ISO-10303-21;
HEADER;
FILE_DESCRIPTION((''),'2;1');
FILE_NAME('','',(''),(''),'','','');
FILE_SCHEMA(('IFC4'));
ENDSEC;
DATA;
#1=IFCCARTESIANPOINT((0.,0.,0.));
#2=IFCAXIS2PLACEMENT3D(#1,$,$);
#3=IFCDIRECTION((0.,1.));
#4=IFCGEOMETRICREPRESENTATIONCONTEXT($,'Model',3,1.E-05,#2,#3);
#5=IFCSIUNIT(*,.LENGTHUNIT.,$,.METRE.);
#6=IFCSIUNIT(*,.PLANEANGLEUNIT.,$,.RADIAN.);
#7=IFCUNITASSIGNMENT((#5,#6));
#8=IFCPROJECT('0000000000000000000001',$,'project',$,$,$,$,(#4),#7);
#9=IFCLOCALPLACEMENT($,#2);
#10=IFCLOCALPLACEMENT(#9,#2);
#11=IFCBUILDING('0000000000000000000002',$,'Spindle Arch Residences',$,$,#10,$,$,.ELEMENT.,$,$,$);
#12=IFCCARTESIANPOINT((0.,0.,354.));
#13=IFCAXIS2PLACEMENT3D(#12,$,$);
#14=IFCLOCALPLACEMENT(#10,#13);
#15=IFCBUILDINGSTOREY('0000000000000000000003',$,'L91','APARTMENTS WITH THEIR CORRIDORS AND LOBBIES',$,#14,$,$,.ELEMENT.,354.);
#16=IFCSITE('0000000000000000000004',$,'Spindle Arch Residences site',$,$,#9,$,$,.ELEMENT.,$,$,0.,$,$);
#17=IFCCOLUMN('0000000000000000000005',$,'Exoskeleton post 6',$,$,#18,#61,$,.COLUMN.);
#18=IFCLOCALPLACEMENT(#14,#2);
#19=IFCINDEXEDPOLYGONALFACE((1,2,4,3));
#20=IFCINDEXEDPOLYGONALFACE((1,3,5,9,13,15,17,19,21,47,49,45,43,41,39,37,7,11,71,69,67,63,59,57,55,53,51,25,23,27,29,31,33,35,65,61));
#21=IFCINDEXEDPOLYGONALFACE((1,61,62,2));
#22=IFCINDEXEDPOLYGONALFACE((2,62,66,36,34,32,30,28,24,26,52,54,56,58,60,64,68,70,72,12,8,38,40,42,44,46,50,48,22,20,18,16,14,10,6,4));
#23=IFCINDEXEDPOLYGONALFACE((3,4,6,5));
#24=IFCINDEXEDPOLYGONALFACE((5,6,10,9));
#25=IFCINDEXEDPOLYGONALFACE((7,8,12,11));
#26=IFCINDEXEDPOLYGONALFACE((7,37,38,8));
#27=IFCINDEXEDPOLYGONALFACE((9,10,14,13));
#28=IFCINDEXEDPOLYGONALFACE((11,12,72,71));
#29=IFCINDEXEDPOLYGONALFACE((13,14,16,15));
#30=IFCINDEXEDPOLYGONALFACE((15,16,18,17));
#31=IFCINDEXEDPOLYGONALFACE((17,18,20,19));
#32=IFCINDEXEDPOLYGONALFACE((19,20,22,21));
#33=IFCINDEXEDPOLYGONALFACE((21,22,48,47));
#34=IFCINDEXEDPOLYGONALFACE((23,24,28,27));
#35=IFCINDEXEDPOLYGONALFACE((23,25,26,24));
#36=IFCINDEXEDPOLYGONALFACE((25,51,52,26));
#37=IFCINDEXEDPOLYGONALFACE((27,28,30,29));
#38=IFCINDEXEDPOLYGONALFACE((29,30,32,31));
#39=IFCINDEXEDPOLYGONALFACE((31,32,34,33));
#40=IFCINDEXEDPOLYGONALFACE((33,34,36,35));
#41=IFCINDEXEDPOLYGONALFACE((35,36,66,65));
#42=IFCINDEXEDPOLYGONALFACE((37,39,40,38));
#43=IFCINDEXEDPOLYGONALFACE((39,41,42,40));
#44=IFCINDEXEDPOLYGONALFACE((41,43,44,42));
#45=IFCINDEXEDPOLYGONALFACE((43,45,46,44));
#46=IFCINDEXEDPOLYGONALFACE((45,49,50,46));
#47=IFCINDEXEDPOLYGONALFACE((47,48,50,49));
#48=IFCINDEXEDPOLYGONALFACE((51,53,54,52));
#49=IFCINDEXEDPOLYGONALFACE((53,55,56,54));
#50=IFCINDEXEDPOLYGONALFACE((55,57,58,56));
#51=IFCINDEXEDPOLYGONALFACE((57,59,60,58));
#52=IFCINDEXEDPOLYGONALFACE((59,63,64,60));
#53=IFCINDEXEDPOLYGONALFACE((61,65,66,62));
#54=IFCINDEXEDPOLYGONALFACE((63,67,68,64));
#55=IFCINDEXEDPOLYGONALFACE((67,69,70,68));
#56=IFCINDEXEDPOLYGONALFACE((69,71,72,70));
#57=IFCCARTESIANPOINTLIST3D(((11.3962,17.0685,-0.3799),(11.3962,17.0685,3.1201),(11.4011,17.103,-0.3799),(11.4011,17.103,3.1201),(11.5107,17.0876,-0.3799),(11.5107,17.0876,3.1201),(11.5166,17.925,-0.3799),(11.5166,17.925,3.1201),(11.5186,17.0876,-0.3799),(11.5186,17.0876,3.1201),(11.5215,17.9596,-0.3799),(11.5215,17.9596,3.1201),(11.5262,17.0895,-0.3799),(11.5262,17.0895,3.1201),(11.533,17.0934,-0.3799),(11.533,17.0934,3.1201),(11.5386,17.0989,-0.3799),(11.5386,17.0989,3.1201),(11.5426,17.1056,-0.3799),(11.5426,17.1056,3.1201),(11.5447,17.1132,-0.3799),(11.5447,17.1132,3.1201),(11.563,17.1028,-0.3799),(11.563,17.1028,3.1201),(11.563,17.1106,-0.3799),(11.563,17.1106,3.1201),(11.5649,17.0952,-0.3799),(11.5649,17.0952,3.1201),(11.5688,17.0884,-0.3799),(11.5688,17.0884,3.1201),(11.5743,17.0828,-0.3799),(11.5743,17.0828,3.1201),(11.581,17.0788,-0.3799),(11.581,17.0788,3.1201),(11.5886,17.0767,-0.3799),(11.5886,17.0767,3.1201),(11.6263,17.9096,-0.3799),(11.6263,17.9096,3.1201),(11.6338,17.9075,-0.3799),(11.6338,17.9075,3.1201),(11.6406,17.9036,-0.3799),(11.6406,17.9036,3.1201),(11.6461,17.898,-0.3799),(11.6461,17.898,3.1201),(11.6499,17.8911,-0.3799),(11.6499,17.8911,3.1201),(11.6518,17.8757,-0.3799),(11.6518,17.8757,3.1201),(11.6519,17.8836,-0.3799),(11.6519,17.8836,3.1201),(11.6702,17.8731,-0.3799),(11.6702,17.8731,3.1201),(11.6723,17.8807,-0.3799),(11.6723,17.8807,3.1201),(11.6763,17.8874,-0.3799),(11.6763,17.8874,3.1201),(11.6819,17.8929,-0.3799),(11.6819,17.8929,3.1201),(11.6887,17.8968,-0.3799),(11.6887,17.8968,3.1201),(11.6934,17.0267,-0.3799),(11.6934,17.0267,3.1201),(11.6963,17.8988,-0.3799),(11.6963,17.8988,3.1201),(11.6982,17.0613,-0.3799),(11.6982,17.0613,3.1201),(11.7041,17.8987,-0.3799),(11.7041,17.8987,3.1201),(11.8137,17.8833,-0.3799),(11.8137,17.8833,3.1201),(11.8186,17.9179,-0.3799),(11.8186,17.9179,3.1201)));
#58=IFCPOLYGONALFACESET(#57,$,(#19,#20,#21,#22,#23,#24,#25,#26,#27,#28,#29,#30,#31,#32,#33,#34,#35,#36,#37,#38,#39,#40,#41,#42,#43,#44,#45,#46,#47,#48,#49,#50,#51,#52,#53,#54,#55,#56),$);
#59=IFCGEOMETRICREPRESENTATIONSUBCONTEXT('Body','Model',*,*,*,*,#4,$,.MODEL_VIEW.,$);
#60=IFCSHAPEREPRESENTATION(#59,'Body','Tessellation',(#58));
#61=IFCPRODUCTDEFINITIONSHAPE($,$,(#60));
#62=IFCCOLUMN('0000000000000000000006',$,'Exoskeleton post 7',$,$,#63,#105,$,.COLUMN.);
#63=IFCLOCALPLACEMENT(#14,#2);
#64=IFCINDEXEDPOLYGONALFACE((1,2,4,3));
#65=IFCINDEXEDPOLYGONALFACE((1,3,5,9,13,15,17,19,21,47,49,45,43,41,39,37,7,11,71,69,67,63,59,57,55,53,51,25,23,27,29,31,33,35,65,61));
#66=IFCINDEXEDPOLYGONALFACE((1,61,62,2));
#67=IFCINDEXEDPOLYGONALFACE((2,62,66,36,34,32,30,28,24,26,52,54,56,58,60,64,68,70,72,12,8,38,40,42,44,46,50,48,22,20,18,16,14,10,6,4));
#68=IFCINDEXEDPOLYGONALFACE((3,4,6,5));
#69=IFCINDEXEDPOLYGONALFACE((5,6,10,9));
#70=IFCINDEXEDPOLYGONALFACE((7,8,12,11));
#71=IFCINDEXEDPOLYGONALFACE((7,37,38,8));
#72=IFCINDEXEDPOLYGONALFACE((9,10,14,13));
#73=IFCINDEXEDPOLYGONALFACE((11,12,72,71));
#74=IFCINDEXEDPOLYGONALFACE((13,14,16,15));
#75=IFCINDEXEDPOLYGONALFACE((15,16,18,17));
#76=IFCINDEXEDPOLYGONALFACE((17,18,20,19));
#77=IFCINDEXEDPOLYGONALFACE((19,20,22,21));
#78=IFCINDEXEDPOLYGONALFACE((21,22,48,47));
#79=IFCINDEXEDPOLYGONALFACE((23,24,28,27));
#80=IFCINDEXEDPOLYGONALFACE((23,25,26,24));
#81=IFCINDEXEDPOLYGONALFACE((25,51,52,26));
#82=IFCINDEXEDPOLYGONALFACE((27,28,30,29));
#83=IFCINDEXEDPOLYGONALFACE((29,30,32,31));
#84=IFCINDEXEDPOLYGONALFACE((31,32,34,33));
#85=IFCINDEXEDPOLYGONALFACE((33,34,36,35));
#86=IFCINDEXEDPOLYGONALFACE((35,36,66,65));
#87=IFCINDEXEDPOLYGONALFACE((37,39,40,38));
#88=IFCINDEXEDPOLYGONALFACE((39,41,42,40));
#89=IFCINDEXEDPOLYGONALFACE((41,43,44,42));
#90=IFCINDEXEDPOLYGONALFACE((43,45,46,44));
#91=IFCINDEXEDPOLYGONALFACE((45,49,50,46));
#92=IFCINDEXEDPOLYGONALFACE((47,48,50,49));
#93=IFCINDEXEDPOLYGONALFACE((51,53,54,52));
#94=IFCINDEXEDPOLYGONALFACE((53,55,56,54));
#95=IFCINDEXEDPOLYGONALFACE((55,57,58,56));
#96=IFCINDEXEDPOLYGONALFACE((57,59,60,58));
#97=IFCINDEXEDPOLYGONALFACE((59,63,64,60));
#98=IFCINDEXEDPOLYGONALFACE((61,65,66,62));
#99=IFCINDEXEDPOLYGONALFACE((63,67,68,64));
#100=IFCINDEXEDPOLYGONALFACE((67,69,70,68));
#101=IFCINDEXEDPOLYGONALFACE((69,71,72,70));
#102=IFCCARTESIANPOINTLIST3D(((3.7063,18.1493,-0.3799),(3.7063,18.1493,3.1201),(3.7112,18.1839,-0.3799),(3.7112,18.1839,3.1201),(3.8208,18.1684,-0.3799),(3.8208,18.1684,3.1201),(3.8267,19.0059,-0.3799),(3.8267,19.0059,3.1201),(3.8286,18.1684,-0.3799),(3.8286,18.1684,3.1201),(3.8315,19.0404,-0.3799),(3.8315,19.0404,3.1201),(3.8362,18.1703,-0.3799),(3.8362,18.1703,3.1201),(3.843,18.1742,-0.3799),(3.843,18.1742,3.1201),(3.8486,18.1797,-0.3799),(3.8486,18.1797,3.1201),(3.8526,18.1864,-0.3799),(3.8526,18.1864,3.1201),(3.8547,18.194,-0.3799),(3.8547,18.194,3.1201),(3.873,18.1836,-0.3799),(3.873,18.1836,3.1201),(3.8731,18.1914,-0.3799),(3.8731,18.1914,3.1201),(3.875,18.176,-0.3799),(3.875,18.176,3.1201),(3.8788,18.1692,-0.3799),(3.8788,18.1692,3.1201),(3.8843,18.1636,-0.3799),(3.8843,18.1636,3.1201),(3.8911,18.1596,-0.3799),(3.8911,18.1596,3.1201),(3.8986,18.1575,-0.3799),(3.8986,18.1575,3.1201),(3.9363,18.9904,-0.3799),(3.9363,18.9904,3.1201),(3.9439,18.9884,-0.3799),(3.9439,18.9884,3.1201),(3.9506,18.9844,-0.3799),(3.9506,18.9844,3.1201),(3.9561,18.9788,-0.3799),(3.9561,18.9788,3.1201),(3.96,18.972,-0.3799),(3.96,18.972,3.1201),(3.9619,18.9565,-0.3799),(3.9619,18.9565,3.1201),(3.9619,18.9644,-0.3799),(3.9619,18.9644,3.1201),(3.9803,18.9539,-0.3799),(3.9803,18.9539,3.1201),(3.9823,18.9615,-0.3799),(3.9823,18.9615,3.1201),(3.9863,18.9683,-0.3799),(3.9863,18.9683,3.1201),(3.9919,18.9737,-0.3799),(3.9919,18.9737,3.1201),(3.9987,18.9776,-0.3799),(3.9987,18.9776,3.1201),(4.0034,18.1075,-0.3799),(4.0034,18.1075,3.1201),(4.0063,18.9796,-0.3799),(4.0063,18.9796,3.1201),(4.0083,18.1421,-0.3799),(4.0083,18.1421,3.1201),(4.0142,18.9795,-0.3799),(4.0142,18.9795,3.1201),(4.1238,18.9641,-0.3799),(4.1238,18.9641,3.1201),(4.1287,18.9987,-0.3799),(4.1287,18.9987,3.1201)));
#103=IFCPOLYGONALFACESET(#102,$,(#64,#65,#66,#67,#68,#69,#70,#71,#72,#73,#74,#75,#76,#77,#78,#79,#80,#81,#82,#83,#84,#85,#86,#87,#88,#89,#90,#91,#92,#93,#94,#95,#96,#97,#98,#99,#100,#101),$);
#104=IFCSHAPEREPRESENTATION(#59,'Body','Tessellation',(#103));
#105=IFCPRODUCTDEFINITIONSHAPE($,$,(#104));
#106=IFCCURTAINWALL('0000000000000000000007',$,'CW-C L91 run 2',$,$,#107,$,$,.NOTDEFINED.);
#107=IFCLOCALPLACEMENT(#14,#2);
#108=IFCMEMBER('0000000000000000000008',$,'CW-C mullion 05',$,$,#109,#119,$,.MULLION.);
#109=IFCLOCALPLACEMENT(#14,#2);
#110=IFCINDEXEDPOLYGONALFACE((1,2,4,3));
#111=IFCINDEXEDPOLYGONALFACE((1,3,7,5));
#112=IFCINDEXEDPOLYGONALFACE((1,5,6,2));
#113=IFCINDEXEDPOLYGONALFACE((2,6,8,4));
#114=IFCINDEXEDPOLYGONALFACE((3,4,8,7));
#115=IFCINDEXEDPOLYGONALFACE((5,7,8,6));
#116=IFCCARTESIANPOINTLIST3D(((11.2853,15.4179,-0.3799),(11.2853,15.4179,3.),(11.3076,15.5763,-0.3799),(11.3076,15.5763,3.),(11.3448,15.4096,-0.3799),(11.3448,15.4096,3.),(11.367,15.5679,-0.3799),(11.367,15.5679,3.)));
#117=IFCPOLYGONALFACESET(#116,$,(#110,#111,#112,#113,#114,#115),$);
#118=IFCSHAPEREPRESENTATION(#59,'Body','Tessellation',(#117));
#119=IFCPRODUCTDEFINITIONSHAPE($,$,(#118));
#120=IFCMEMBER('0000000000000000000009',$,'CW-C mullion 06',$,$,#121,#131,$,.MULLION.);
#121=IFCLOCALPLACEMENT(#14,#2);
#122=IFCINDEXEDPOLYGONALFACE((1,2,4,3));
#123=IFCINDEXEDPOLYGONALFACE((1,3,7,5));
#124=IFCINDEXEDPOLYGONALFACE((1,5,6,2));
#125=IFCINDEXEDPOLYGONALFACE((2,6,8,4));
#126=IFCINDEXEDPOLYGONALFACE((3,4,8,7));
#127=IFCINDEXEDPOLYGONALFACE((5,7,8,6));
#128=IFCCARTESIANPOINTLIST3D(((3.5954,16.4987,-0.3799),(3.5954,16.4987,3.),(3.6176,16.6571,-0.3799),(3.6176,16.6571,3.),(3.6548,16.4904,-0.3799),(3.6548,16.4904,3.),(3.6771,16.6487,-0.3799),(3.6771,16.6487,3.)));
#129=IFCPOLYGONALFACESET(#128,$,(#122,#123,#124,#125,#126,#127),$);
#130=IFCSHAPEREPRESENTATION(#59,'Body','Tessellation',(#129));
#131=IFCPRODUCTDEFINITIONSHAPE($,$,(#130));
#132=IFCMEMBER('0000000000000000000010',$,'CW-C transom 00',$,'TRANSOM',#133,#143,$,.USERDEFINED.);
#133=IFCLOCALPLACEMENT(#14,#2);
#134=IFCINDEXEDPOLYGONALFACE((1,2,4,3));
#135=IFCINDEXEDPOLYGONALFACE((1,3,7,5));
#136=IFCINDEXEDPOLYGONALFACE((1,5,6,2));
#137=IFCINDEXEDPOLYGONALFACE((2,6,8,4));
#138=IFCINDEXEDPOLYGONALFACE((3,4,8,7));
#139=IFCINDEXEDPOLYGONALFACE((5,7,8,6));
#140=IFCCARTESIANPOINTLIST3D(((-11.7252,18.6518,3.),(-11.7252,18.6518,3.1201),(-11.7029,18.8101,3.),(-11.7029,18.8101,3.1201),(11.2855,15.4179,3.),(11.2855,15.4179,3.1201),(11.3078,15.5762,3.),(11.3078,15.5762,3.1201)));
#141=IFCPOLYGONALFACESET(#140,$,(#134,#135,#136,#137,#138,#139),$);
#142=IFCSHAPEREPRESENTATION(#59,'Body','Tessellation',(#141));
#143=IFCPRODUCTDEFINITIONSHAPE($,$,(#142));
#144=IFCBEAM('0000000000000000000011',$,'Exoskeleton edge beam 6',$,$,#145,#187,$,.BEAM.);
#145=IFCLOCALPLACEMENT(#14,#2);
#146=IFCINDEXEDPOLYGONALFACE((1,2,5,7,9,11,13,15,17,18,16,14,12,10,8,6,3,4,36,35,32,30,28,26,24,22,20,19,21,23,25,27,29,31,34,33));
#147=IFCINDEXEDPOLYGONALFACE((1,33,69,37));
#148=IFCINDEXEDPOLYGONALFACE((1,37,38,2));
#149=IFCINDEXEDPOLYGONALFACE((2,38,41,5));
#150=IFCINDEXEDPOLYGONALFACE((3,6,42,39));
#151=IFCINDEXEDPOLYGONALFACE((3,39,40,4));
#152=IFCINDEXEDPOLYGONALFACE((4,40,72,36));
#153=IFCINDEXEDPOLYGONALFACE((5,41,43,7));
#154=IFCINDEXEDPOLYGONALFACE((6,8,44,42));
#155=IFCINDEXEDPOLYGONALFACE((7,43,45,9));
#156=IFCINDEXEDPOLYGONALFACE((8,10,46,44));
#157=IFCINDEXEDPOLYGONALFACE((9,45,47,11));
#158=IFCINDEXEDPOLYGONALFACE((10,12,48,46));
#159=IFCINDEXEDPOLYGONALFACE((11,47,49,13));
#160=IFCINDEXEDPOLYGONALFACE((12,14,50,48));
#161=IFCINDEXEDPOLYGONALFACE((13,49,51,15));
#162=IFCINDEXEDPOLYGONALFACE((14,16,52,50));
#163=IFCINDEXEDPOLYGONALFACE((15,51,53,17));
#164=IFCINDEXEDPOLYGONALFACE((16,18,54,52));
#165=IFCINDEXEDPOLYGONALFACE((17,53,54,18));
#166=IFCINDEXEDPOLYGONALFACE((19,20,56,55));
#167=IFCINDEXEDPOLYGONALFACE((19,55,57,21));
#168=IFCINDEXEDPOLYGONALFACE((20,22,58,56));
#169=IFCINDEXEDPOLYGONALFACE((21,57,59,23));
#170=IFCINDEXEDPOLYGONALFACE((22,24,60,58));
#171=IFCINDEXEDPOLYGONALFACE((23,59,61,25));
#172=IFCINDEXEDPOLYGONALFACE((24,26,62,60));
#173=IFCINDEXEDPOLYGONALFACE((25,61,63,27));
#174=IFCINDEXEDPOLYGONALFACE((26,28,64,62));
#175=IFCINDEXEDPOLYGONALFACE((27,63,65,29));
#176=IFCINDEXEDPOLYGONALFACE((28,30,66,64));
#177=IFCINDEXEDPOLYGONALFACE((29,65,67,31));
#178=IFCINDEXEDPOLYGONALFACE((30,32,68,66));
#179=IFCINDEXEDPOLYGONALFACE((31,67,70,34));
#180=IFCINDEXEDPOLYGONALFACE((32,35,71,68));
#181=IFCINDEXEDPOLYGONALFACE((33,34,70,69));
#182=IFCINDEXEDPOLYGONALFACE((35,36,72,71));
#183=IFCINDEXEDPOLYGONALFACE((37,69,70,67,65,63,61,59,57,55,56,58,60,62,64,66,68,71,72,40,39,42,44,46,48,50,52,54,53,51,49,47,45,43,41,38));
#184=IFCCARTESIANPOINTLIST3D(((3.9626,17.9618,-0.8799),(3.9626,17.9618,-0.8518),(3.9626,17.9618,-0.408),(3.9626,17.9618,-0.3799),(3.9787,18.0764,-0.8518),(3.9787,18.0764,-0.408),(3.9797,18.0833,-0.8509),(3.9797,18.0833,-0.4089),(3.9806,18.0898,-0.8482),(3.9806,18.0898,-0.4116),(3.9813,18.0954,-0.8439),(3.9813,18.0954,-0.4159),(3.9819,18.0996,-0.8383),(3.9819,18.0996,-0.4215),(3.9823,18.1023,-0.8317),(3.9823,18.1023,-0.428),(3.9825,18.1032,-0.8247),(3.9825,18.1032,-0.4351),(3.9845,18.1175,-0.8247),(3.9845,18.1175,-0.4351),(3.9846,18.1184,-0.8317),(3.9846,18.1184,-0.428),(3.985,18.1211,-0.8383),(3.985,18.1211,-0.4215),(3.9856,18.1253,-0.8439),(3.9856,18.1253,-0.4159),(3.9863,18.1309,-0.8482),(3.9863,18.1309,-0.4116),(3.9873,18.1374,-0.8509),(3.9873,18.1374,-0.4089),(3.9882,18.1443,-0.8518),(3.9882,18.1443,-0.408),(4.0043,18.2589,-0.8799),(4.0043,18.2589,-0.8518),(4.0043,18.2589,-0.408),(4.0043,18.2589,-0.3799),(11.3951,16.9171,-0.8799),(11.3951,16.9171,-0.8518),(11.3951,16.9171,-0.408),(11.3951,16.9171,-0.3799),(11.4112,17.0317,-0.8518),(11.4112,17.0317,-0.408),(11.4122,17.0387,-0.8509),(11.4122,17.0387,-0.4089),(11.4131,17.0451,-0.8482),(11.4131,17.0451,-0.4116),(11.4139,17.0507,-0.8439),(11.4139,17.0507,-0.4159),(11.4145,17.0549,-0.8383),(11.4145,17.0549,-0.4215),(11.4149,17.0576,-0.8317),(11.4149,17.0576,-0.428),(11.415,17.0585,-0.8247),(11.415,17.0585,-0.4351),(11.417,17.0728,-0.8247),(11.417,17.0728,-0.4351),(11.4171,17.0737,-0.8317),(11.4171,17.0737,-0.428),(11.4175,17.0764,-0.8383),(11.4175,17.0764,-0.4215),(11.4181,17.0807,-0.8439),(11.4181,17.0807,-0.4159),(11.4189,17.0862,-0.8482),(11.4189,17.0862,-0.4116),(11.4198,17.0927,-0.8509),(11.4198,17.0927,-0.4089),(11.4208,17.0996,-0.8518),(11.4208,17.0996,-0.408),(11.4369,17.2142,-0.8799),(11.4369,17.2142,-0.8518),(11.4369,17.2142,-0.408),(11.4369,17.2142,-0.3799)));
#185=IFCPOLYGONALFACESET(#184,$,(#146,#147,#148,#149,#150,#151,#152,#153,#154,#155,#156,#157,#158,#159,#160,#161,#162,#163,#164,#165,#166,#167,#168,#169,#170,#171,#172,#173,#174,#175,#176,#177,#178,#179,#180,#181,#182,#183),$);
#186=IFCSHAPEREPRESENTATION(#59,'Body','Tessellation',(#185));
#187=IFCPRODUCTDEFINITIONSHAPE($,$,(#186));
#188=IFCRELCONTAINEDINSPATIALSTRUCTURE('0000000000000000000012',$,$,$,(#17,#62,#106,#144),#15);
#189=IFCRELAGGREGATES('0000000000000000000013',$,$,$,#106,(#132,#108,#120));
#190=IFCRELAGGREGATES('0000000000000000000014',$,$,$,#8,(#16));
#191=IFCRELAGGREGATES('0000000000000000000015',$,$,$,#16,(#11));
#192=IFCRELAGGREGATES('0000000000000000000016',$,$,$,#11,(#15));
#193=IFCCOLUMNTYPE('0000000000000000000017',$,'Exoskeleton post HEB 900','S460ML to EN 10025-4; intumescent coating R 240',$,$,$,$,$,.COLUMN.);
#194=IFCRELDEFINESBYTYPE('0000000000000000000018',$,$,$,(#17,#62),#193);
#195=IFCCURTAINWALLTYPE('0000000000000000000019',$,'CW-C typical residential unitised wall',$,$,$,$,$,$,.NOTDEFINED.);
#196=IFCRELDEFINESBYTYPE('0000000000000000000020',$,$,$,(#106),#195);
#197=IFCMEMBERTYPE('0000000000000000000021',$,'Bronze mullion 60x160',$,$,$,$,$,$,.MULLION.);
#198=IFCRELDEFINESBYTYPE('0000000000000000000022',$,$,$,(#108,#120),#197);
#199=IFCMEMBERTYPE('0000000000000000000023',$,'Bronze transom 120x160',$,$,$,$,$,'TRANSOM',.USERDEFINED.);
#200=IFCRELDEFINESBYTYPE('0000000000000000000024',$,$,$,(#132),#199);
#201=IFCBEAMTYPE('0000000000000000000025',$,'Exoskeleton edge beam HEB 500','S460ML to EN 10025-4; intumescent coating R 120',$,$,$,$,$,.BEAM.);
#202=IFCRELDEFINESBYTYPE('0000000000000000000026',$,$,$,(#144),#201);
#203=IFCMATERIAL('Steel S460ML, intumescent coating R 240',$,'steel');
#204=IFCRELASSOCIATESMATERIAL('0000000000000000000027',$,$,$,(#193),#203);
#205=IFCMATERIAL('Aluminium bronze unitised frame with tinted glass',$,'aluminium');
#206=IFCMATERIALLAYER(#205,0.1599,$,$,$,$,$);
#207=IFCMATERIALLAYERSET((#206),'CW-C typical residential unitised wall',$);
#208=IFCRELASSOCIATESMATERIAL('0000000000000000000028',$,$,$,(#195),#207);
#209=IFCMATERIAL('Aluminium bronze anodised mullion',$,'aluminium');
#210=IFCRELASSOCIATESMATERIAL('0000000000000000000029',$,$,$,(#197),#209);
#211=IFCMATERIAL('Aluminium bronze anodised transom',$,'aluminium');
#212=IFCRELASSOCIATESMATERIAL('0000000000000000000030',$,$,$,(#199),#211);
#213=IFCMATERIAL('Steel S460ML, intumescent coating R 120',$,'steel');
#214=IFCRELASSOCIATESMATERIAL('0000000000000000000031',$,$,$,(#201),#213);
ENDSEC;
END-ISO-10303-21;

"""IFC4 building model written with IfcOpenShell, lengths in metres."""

from ifc_helpers import new_model, si_unit, direction, frame, origin, origin_2d, place, context, subcontext, project, spatial, rectangle, i_section, extrude, material, layer, layer_set, material_profile, profile_set, type_object, element, aggregate, save


model = new_model("IFC4")

# Units and contexts
model_context = context("Model", 3, precision=1e-05, world=origin(), true_north=direction((0.0, 1.0)))
body_context = subcontext(model_context, "Body", "Model", "MODEL_VIEW")
ifc_project = project(units=[si_unit("LENGTHUNIT", "METRE"), si_unit("PLANEANGLEUNIT", "RADIAN")], contexts=[model_context])

# Site, building, storey
site_placement = place(None, origin())
site = spatial("IfcSite", under=ifc_project, at=site_placement, Name="Spindle Arch Residences site", CompositionType="ELEMENT", RefElevation=0.0)
building_placement = place(site_placement, origin())
building = spatial("IfcBuilding", under=site, at=building_placement, Name="Spindle Arch Residences", CompositionType="ELEMENT")
storey_placement = place(building_placement, frame((0.0, 0.0, 354.0)))
storey = spatial("IfcBuildingStorey", under=building, at=storey_placement, Name="L91", Description="APARTMENTS WITH THEIR CORRIDORS AND LOBBIES", CompositionType="ELEMENT", Elevation=354.0)

# Columns
ifc_material_1 = material(Name="Steel S460ML, intumescent coating R 240", Category="steel")
ifc_material_profile_1 = material_profile(ifc_material_1, i_section(OverallWidth=0.3, OverallDepth=0.8999, WebThickness=0.0186, FlangeThickness=0.0349, FilletRadius=0.03, at=origin_2d()), Name="HEB 900")
ifc_profile_set_1 = profile_set([ifc_material_profile_1], Name="Steel S460ML, intumescent coating R 240")
column_type = type_object("IfcColumnType", Name="Exoskeleton post HEB 900", Description="S460ML to EN 10025-4; intumescent coating R 240", PredefinedType="COLUMN", material=ifc_profile_set_1)
for number, where, z_axis, x_axis, name in (
    (1, (11.6074, 17.4932, -0.3799), (0.0, 0.0, 1.0), (0.990268, -0.139173, 0.0), "Exoskeleton post 6"),
    (2, (3.9175, 18.574, -0.3799), (0.0, 0.0, 1.0), (0.990268, -0.139173, 0.0), "Exoskeleton post 7"),
):
    element("IfcColumn", number, at=place(storey_placement, frame(where, z_axis=z_axis, x_axis=x_axis)), inside=storey, type_object=column_type, Name=name, PredefinedType="COLUMN", context=body_context, shape_type="SweptSolid", body=[
        extrude(i_section(OverallWidth=0.3, OverallDepth=0.8999, WebThickness=0.0186, FlangeThickness=0.0349, FilletRadius=0.03, at=origin_2d()), origin(), (0.0, 0.0, 1.0), 3.5),
    ])

# Curtain wall, members
ifc_material_2 = material(Name="Aluminium bronze unitised frame with tinted glass", Category="aluminium")
ifc_layer_1 = layer(ifc_material_2, 0.1599)
ifc_layer_set_1 = layer_set([ifc_layer_1], Name="CW-C typical residential unitised wall")
curtain_wall_type_1 = type_object("IfcCurtainWallType", Name="CW-C typical residential unitised wall", PredefinedType="NOTDEFINED", material=ifc_layer_set_1)
curtain_wall_1_placement = place(storey_placement, origin())
curtain_wall_1 = element("IfcCurtainWall", 3, at=curtain_wall_1_placement, inside=storey, type_object=curtain_wall_type_1, Name="CW-C L91 run 2", PredefinedType="NOTDEFINED")
ifc_material_3 = material(Name="Aluminium bronze anodised mullion", Category="aluminium")
ifc_material_profile_2 = material_profile(ifc_material_3, rectangle(XDim=0.1599, YDim=0.0601, at=origin_2d()), Name="MU 60x160")
ifc_profile_set_2 = profile_set([ifc_material_profile_2], Name="Aluminium bronze anodised mullion")
member_type_1 = type_object("IfcMemberType", Name="Bronze mullion 60x160", PredefinedType="MULLION", material=ifc_profile_set_2)
member_1_placement = place(storey_placement, frame((11.3262, 15.4929, -0.3799), z_axis=(0.0, 0.0, 1.0), x_axis=(-0.139173, -0.990268, 0.0)))
member_1 = element("IfcMember", 4, at=member_1_placement, type_object=member_type_1, Name="CW-C mullion 05", PredefinedType="MULLION", context=body_context, shape_type="SweptSolid", body=[
    extrude(rectangle(XDim=0.1599, YDim=0.0601, at=origin_2d()), origin(), (0.0, 0.0, 1.0), 3.3799),
])
member_2_placement = place(storey_placement, frame((3.6362, 16.5737, -0.3799), z_axis=(0.0, 0.0, 1.0), x_axis=(-0.139173, -0.990268, 0.0)))
member_2 = element("IfcMember", 5, at=member_2_placement, type_object=member_type_1, Name="CW-C mullion 06", PredefinedType="MULLION", context=body_context, shape_type="SweptSolid", body=[
    extrude(rectangle(XDim=0.1599, YDim=0.0601, at=origin_2d()), origin(), (0.0, 0.0, 1.0), 3.3799),
])
ifc_material_4 = material(Name="Aluminium bronze anodised transom", Category="aluminium")
ifc_material_profile_3 = material_profile(ifc_material_4, rectangle(XDim=0.1599, YDim=0.1201, at=origin_2d()), Name="TR 120x160")
ifc_profile_set_3 = profile_set([ifc_material_profile_3], Name="Aluminium bronze anodised transom")
member_type_2 = type_object("IfcMemberType", Name="Bronze transom 120x160", ElementType="TRANSOM", PredefinedType="USERDEFINED", material=ifc_profile_set_3)
member_3_placement = place(storey_placement, frame((11.2966, 15.4971, 3.0601), z_axis=(-0.990268, 0.13917, 0.0), x_axis=(-0.13917, -0.990268, 0.0)))
member_3 = element("IfcMember", 6, at=member_3_placement, type_object=member_type_2, Name="CW-C transom 00", ObjectType="TRANSOM", PredefinedType="USERDEFINED", context=body_context, shape_type="SweptSolid", body=[
    extrude(rectangle(XDim=0.1599, YDim=0.1201, at=origin_2d()), origin(), (0.0, 0.0, 1.0), 23.2368),
])

# Beam
ifc_material_5 = material(Name="Steel S460ML, intumescent coating R 120", Category="steel")
ifc_material_profile_4 = material_profile(ifc_material_5, i_section(OverallWidth=0.3, OverallDepth=0.5, WebThickness=0.0144, FlangeThickness=0.0281, FilletRadius=0.0271, at=origin_2d()), Name="HEB 500")
ifc_profile_set_4 = profile_set([ifc_material_profile_4], Name="Steel S460ML, intumescent coating R 120")
beam_type_1 = type_object("IfcBeamType", Name="Exoskeleton edge beam HEB 500", Description="S460ML to EN 10025-4; intumescent coating R 120", PredefinedType="BEAM", material=ifc_profile_set_4)
for number, where, z_axis, x_axis, name in (
    (7, (11.416, 17.0657, -0.6299), (-0.990266, 0.139185, 0.0), (-0.139185, -0.990266, 0.0), "Exoskeleton edge beam 6"),
):
    element("IfcBeam", number, at=place(storey_placement, frame(where, z_axis=z_axis, x_axis=x_axis)), inside=storey, type_object=beam_type_1, Name=name, PredefinedType="BEAM", context=body_context, shape_type="SweptSolid", body=[
        extrude(i_section(OverallWidth=0.3, OverallDepth=0.5, WebThickness=0.0144, FlangeThickness=0.0281, FilletRadius=0.0271, at=origin_2d()), origin(), (0.0, 0.0, 1.0), 7.5056),
    ])

aggregate(curtain_wall_1, [member_3, member_1, member_2])

save(model, "model.ifc")
